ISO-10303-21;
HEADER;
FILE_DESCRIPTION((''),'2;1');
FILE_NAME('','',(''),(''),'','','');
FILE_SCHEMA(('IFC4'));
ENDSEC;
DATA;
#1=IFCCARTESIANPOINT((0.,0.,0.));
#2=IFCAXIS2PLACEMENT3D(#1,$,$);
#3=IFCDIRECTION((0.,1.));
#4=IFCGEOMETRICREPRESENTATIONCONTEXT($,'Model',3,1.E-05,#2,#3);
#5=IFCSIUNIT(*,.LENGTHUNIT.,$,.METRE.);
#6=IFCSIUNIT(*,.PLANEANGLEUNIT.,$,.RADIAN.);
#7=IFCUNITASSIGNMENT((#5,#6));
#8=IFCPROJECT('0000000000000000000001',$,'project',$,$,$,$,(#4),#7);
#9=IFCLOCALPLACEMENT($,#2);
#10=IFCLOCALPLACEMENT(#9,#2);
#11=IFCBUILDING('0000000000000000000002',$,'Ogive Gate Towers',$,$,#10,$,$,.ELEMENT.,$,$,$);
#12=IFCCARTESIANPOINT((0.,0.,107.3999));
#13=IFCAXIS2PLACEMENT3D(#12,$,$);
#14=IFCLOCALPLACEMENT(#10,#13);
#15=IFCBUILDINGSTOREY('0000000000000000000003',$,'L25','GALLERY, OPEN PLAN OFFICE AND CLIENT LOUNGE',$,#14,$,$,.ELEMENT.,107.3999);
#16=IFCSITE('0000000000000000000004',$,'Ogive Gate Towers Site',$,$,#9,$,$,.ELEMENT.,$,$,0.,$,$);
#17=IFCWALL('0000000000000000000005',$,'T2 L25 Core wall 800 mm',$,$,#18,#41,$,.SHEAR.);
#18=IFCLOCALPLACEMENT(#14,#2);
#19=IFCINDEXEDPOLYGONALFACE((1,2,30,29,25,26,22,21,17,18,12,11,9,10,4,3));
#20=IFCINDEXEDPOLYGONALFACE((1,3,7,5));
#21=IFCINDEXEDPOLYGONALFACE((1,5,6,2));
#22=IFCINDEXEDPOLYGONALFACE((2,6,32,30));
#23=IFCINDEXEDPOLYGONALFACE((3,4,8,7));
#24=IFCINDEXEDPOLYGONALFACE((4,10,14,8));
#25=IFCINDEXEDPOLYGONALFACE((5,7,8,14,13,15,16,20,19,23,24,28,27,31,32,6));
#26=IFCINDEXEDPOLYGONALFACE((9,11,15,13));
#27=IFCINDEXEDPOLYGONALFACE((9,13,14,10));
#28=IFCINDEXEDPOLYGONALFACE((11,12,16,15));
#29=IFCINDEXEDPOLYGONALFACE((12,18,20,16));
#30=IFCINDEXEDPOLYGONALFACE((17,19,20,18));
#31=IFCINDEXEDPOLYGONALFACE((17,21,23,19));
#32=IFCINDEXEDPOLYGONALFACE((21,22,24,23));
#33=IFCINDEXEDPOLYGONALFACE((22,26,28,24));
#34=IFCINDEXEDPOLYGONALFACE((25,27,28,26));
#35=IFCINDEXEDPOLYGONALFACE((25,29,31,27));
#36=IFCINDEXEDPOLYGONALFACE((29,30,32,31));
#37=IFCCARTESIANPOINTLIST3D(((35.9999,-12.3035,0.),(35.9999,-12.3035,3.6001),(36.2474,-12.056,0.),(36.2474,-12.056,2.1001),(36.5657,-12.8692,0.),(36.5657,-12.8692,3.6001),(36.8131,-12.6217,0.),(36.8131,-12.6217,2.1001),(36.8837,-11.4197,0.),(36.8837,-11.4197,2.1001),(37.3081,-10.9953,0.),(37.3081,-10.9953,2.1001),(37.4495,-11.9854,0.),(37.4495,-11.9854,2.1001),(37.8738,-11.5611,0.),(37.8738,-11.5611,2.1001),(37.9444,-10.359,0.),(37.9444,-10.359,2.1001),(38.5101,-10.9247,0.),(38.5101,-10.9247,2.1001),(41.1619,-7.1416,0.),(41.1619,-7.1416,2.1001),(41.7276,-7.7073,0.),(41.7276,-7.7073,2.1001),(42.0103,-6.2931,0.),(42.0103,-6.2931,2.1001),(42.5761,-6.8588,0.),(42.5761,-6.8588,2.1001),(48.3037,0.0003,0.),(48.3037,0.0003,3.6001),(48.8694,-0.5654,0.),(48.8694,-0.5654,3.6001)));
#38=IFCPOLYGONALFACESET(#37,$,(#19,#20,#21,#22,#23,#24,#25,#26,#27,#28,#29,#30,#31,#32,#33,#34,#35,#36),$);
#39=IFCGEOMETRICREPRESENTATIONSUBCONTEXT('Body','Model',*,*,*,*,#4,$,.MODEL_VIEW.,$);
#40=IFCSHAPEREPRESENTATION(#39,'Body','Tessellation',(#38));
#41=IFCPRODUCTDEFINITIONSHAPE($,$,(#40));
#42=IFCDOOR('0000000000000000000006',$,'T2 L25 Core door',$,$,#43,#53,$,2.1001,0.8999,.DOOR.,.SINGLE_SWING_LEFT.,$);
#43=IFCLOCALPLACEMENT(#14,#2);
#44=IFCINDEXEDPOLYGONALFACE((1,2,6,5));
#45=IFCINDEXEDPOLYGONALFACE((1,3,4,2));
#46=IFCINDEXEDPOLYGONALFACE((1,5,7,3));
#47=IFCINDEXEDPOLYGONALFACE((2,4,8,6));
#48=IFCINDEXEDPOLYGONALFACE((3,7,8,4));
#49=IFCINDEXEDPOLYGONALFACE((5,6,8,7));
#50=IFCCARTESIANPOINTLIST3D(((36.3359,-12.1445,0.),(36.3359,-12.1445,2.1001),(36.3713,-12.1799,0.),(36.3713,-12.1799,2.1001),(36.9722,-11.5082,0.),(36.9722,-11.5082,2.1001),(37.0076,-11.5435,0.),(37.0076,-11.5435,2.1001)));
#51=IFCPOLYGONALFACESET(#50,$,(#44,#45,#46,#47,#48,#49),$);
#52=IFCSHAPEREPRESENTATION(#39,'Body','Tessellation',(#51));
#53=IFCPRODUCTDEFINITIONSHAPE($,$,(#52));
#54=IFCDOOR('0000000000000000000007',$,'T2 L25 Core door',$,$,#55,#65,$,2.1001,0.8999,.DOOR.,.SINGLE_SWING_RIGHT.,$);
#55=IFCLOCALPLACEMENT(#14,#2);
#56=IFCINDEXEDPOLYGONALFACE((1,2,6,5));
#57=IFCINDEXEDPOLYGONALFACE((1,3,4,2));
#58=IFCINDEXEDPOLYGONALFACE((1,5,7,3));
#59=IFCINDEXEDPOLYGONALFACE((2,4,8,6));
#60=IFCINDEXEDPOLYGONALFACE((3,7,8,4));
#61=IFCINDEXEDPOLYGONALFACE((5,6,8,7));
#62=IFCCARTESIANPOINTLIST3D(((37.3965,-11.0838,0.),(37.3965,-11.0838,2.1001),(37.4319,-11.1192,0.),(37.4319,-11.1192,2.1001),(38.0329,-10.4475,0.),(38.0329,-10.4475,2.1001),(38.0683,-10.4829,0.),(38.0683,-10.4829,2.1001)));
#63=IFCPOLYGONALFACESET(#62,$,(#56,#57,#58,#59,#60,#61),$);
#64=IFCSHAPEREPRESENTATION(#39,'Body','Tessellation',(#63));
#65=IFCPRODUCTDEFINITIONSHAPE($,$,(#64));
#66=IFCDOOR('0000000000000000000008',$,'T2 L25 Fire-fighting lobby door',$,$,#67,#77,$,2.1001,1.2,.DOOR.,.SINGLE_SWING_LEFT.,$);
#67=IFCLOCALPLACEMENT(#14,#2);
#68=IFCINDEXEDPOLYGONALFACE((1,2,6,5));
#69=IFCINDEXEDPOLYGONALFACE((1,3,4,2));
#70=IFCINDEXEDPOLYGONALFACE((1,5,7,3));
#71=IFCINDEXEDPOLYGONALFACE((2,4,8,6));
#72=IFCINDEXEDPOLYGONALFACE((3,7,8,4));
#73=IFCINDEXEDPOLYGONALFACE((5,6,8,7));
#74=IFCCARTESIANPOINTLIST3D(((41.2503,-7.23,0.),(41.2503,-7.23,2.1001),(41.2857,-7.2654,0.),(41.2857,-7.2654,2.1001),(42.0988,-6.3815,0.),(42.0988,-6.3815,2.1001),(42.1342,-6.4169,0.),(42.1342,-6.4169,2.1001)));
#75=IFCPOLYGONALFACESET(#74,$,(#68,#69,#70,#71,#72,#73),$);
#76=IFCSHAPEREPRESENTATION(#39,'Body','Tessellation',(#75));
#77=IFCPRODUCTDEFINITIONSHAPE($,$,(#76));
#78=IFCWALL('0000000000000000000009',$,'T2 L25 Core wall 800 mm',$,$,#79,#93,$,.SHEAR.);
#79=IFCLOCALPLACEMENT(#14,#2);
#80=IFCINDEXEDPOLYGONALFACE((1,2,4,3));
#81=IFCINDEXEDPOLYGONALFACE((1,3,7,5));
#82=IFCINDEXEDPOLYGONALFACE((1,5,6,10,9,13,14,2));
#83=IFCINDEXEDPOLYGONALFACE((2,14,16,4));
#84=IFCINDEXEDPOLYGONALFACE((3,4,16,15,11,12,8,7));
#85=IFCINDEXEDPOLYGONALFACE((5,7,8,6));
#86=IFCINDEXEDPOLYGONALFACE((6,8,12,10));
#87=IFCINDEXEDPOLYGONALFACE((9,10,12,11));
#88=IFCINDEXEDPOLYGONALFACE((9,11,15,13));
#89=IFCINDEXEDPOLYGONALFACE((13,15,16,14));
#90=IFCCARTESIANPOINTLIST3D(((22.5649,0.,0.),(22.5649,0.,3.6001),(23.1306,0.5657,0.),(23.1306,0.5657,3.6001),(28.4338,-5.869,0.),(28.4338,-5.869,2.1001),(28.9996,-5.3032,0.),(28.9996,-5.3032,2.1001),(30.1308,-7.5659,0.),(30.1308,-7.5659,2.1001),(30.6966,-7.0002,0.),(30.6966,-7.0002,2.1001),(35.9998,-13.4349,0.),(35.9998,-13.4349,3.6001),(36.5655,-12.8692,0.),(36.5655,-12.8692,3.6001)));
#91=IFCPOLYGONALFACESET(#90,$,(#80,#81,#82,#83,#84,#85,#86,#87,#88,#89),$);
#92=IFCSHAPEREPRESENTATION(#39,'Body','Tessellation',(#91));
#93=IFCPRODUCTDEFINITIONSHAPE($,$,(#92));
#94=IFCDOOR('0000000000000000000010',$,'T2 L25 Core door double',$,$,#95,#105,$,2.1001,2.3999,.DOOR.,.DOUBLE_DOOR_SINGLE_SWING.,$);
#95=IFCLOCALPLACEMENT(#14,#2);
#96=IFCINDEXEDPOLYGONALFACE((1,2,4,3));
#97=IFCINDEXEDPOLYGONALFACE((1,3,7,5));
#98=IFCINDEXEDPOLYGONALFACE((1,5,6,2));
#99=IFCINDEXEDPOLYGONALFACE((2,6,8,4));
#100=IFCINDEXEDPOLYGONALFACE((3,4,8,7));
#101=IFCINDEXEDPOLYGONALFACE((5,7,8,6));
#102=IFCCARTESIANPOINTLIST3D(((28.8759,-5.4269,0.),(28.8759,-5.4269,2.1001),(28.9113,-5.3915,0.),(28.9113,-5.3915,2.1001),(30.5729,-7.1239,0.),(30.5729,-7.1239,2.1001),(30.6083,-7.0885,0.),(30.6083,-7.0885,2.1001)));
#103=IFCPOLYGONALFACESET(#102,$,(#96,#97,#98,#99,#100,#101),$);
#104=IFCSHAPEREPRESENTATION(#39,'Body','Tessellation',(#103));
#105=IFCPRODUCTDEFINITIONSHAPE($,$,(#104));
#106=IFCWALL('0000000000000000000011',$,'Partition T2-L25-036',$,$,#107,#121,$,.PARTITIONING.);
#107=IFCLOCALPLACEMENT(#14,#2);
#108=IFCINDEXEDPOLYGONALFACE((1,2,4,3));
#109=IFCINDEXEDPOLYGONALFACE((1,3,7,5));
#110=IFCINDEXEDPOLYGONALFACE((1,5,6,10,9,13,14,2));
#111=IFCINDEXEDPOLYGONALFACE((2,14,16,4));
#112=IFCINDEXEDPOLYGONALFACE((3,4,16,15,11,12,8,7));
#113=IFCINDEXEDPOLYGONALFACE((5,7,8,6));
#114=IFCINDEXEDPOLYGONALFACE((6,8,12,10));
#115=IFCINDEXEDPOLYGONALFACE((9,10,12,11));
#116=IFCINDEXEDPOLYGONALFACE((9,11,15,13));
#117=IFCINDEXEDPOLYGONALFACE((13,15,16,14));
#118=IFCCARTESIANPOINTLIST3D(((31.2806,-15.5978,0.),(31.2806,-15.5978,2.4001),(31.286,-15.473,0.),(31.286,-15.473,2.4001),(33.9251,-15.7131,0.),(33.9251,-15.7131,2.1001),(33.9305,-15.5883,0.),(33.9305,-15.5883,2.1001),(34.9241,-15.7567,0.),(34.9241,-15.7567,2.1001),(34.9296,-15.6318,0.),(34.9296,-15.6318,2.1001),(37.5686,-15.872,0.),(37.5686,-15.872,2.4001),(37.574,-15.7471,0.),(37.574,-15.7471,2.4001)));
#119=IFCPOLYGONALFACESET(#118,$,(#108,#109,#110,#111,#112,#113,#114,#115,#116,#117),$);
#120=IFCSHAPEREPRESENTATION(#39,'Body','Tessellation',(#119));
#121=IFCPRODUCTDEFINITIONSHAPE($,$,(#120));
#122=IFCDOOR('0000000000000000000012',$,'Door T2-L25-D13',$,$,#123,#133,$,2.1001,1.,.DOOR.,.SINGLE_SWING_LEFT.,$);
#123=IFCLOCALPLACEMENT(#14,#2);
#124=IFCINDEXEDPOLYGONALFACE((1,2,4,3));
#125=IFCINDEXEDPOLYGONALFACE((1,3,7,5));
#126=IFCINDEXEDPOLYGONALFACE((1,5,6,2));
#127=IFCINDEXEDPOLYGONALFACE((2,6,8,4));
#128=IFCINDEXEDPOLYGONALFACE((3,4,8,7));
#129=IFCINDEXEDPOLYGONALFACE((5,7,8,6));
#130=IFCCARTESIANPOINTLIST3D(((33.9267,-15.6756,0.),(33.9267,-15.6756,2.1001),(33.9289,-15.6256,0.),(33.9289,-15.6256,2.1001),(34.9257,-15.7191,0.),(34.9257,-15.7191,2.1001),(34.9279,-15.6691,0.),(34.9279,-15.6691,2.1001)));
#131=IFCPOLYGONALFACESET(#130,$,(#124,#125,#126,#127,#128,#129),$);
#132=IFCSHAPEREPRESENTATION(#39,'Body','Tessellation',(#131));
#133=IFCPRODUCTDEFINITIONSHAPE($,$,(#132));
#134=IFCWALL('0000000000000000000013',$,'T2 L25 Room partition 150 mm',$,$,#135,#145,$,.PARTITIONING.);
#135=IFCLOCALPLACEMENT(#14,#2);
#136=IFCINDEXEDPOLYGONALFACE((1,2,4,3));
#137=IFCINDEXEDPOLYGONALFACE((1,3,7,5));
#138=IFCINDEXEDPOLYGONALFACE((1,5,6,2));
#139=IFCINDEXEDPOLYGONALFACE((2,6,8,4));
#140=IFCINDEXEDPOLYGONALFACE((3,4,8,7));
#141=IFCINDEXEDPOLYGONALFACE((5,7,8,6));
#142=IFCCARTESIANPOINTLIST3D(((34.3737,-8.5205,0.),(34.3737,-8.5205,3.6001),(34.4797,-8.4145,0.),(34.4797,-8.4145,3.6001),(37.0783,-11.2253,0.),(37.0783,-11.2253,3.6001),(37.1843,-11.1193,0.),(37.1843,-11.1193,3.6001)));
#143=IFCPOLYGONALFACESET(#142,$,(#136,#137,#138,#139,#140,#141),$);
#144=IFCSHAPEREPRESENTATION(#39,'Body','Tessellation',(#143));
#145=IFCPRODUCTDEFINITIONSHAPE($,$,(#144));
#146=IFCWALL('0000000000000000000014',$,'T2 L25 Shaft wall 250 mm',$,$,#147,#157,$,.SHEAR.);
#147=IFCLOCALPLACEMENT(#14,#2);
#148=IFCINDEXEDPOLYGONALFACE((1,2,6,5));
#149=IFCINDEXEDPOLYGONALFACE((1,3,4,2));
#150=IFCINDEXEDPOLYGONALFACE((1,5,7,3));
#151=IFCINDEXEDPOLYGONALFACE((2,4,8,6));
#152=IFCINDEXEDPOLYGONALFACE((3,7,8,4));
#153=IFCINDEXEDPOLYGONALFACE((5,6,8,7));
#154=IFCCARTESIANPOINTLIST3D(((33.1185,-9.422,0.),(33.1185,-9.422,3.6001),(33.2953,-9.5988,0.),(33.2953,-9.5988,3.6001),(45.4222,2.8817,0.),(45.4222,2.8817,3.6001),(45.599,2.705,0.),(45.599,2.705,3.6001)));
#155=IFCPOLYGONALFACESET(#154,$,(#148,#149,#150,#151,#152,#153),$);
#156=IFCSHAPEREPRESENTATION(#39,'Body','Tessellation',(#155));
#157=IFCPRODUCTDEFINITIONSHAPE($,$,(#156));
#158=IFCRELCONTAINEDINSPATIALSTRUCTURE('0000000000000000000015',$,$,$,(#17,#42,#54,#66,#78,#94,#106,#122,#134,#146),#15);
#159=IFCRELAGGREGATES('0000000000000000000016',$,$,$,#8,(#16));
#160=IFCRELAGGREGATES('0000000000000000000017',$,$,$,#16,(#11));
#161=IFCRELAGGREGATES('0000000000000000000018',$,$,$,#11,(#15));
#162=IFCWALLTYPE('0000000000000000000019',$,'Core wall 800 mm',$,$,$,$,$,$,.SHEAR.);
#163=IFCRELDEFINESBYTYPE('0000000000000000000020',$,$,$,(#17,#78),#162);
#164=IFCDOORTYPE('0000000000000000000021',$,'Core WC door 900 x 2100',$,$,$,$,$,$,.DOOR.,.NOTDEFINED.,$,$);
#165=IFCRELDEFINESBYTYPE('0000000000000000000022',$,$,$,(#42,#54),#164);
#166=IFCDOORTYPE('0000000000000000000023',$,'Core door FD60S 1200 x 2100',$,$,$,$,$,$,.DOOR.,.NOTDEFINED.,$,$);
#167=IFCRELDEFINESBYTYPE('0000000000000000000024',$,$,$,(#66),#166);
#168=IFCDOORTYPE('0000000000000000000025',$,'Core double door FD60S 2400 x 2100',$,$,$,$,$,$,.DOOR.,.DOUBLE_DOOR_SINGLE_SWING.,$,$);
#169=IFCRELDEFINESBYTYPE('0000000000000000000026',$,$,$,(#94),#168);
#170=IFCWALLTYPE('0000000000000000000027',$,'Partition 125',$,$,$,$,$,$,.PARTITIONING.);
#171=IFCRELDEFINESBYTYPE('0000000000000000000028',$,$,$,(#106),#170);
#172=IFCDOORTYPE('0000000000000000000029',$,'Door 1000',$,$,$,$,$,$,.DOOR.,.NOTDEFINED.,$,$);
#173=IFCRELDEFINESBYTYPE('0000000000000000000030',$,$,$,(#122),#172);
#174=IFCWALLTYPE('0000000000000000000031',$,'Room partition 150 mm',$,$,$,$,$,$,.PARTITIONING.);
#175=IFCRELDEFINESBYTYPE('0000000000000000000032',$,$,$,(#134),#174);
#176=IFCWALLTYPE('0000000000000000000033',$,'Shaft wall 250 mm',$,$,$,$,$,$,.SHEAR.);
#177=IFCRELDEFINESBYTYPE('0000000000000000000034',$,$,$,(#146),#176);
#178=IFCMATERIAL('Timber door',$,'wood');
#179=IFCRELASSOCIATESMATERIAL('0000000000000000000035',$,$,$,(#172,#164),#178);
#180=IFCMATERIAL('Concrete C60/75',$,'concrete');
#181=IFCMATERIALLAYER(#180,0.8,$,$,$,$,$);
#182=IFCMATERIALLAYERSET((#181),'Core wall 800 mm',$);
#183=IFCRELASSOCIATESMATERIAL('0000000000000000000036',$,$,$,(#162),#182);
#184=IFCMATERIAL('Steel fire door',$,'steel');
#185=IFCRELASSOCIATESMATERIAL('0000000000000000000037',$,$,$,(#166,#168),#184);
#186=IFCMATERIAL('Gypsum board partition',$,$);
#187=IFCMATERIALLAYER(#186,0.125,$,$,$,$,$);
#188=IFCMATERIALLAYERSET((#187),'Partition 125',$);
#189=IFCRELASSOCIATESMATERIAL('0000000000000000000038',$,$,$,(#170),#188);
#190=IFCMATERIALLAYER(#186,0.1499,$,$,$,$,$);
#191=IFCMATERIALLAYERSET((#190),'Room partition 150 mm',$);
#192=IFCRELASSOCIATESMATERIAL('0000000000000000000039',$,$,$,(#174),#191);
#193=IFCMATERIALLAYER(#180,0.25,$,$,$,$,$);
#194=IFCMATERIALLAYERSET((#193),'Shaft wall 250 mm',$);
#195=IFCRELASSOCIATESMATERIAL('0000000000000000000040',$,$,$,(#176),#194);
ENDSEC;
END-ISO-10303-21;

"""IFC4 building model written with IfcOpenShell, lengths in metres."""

from ifc_helpers import new_model, si_unit, direction, frame, frame_2d, origin, place, context, subcontext, project, spatial, rectangle, extrude, material, layer, layer_set, type_object, element, fill, save


model = new_model("IFC4")

# Units and contexts
model_context = context("Model", 3, precision=1e-05, world=origin(), true_north=direction((0.0, 1.0)))
body_context = subcontext(model_context, "Body", "Model", "MODEL_VIEW")
ifc_project = project(units=[si_unit("LENGTHUNIT", "METRE"), si_unit("PLANEANGLEUNIT", "RADIAN")], contexts=[model_context])

# Site, building, storey
site_placement = place(None, origin())
site = spatial("IfcSite", under=ifc_project, at=site_placement, Name="Ogive Gate Towers Site", CompositionType="ELEMENT", RefElevation=0.0)
building_placement = place(site_placement, origin())
building = spatial("IfcBuilding", under=site, at=building_placement, Name="Ogive Gate Towers", CompositionType="ELEMENT")
storey_placement = place(building_placement, frame((0.0, 0.0, 107.3999)))
storey = spatial("IfcBuildingStorey", under=building, at=storey_placement, Name="L25", Description="GALLERY, OPEN PLAN OFFICE AND CLIENT LOUNGE", CompositionType="ELEMENT", Elevation=107.3999)

# Shared definitions
ifc_material_1 = material(Name="Timber door", Category="wood")
door_type_1 = type_object("IfcDoorType", Name="Door 1000", OperationType="NOTDEFINED", PredefinedType="DOOR", material=ifc_material_1)

# Wall, openings, doors
ifc_material_2 = material(Name="Concrete C60/75", Category="concrete")
ifc_layer_1 = layer(ifc_material_2, 0.8)
ifc_layer_set_1 = layer_set([ifc_layer_1], Name="Core wall 800 mm")
wall_type_1 = type_object("IfcWallType", Name="Core wall 800 mm", PredefinedType="SHEAR", material=ifc_layer_set_1)
wall_1_placement = place(storey_placement, frame((36.2827, -12.5864, 0.0), z_axis=(0.0, 0.0, 1.0), x_axis=(0.707107, 0.707107, 0.0)))
wall_1 = element("IfcWall", 1, at=wall_1_placement, inside=storey, type_object=wall_type_1, Name="T2 L25 Core wall 800 mm", PredefinedType="SHEAR", context=body_context, shape_type="SweptSolid", body=[
    extrude(rectangle(XDim=17.4001, YDim=0.8, at=frame_2d((8.7002, 0.0))), origin(), (0.0, 0.0, 1.0), 3.6001),
])
opening_1_placement = place(wall_1_placement, frame((7.3, 0.0, 0.0)))
opening_1 = element("IfcOpeningElement", 2, at=opening_1_placement, cuts=wall_1, PredefinedType="OPENING", context=body_context, shape_type="SweptSolid", body=[
    extrude(rectangle(XDim=1.2, YDim=2.1001, at=frame_2d((0.6001, 1.05))), frame((0.0, 0.4102, 0.0), z_axis=(0.0, -1.0, 0.0), x_axis=(1.0, 0.0, 0.0)), (0.0, 0.0, 1.0), 0.8201),
])
opening_2_placement = place(wall_1_placement, frame((0.3501, 0.0, 0.0)))
opening_2 = element("IfcOpeningElement", 3, at=opening_2_placement, cuts=wall_1, PredefinedType="OPENING", context=body_context, shape_type="SweptSolid", body=[
    extrude(rectangle(XDim=0.8999, YDim=2.1001, at=frame_2d((0.45, 1.05))), frame((0.0, 0.4102, 0.0), z_axis=(0.0, -1.0, 0.0), x_axis=(1.0, 0.0, 0.0)), (0.0, 0.0, 1.0), 0.8201),
])
opening_3_placement = place(wall_1_placement, frame((1.8501, 0.0, 0.0)))
opening_3 = element("IfcOpeningElement", 4, at=opening_3_placement, cuts=wall_1, PredefinedType="OPENING", context=body_context, shape_type="SweptSolid", body=[
    extrude(rectangle(XDim=0.8999, YDim=2.1001, at=frame_2d((0.45, 1.05))), frame((0.0, 0.4102, 0.0), z_axis=(0.0, -1.0, 0.0), x_axis=(1.0, 0.0, 0.0)), (0.0, 0.0, 1.0), 0.8201),
])
door_type_2 = type_object("IfcDoorType", Name="Core WC door 900 x 2100", OperationType="NOTDEFINED", PredefinedType="DOOR", material=ifc_material_1)
door_1_placement = place(opening_2_placement, origin())
door_1 = element("IfcDoor", 5, at=door_1_placement, inside=storey, type_object=door_type_2, Name="T2 L25 Core door", OperationType="SINGLE_SWING_LEFT", OverallHeight=2.1001, OverallWidth=0.8999, PredefinedType="DOOR", context=body_context, shape_type="SweptSolid", body=[
    extrude(rectangle(XDim=0.8999, YDim=2.1001, at=frame_2d((0.45, 1.05))), frame((0.0, 0.2749, 0.0), z_axis=(0.0, -1.0, 0.0), x_axis=(1.0, 0.0, 0.0)), (0.0, 0.0, 1.0), 0.05),
])
fill(opening_2, door_1)
door_2_placement = place(opening_3_placement, origin())
door_2 = element("IfcDoor", 6, at=door_2_placement, inside=storey, type_object=door_type_2, Name="T2 L25 Core door", OperationType="SINGLE_SWING_RIGHT", OverallHeight=2.1001, OverallWidth=0.8999, PredefinedType="DOOR", context=body_context, shape_type="SweptSolid", body=[
    extrude(rectangle(XDim=0.8999, YDim=2.1001, at=frame_2d((0.45, 1.05))), frame((0.0, 0.2749, 0.0), z_axis=(0.0, -1.0, 0.0), x_axis=(1.0, 0.0, 0.0)), (0.0, 0.0, 1.0), 0.05),
])
fill(opening_3, door_2)
ifc_material_3 = material(Name="Steel fire door", Category="steel")
door_type_3 = type_object("IfcDoorType", Name="Core door FD60S 1200 x 2100", OperationType="NOTDEFINED", PredefinedType="DOOR", material=ifc_material_3)
door_3_placement = place(opening_1_placement, origin())
door_3 = element("IfcDoor", 7, at=door_3_placement, inside=storey, type_object=door_type_3, Name="T2 L25 Fire-fighting lobby door", OperationType="SINGLE_SWING_LEFT", OverallHeight=2.1001, OverallWidth=1.2, PredefinedType="DOOR", context=body_context, shape_type="SweptSolid", body=[
    extrude(rectangle(XDim=1.2, YDim=2.1001, at=frame_2d((0.6001, 1.05))), frame((0.0, 0.2749, 0.0), z_axis=(0.0, -1.0, 0.0), x_axis=(1.0, 0.0, 0.0)), (0.0, 0.0, 1.0), 0.05),
])
fill(opening_1, door_3)

# Walls, openings, doors
wall_2_placement = place(storey_placement, frame((36.2827, -13.1521, 0.0), z_axis=(0.0, 0.0, 1.0), x_axis=(-0.707107, 0.707107, 0.0)))
wall_2 = element("IfcWall", 8, at=wall_2_placement, inside=storey, type_object=wall_type_1, Name="T2 L25 Core wall 800 mm", PredefinedType="SHEAR", context=body_context, shape_type="SweptSolid", body=[
    extrude(rectangle(XDim=18.9998, YDim=0.8, at=frame_2d((9.5, 0.0))), origin(), (0.0, 0.0, 1.0), 3.6001),
])
opening_4_placement = place(wall_2_placement, frame((8.3, 0.0, 0.0)))
opening_4 = element("IfcOpeningElement", 9, at=opening_4_placement, cuts=wall_2, PredefinedType="OPENING", context=body_context, shape_type="SweptSolid", body=[
    extrude(rectangle(XDim=2.3999, YDim=2.1001, at=frame_2d((1.2, 1.05))), frame((0.0, 0.4102, 0.0), z_axis=(0.0, -1.0, 0.0), x_axis=(1.0, 0.0, 0.0)), (0.0, 0.0, 1.0), 0.8201),
])
door_type_4 = type_object("IfcDoorType", Name="Core double door FD60S 2400 x 2100", OperationType="DOUBLE_DOOR_SINGLE_SWING", PredefinedType="DOOR", material=ifc_material_3)
door_4_placement = place(opening_4_placement, origin())
door_4 = element("IfcDoor", 10, at=door_4_placement, inside=storey, type_object=door_type_4, Name="T2 L25 Core door double", OperationType="DOUBLE_DOOR_SINGLE_SWING", OverallHeight=2.1001, OverallWidth=2.3999, PredefinedType="DOOR", context=body_context, shape_type="SweptSolid", body=[
    extrude(rectangle(XDim=2.3999, YDim=2.1001, at=frame_2d((1.2, 1.05))), frame((0.0, -0.2251, 0.0), z_axis=(0.0, -1.0, 0.0), x_axis=(1.0, 0.0, 0.0)), (0.0, 0.0, 1.0), 0.05),
])
fill(opening_4, door_4)
ifc_material_4 = material(Name="Gypsum board partition")
ifc_layer_2 = layer(ifc_material_4, 0.125)
ifc_layer_set_2 = layer_set([ifc_layer_2], Name="Partition 125")
wall_type_2 = type_object("IfcWallType", Name="Partition 125", PredefinedType="PARTITIONING", material=ifc_layer_set_2)
wall_3_placement = place(storey_placement, frame((37.5713, -15.8096, 0.0), z_axis=(0.0, 0.0, 1.0), x_axis=(-0.999051, 0.04356, 0.0)))
wall_3 = element("IfcWall", 11, at=wall_3_placement, inside=storey, type_object=wall_type_2, Name="Partition T2-L25-036", PredefinedType="PARTITIONING", context=body_context, shape_type="SweptSolid", body=[
    extrude(rectangle(XDim=6.2939, YDim=0.125, at=frame_2d((3.147, 0.0))), origin(), (0.0, 0.0, 1.0), 2.4001),
])
opening_5_placement = place(wall_3_placement, frame((2.647, 0.0, 0.0)))
opening_5 = element("IfcOpeningElement", 12, at=opening_5_placement, cuts=wall_3, PredefinedType="OPENING", context=body_context, shape_type="SweptSolid", body=[
    extrude(rectangle(XDim=1.0, YDim=2.1001, at=frame_2d((0.5, 1.05))), frame((0.0, 0.0725, 0.0), z_axis=(0.0, -1.0, 0.0), x_axis=(1.0, 0.0, 0.0)), (0.0, 0.0, 1.0), 0.145),
])
door_5_placement = place(opening_5_placement, origin())
door_5 = element("IfcDoor", 13, at=door_5_placement, inside=storey, type_object=door_type_1, Name="Door T2-L25-D13", OperationType="SINGLE_SWING_LEFT", OverallHeight=2.1001, OverallWidth=1.0, PredefinedType="DOOR", context=body_context, shape_type="SweptSolid", body=[
    extrude(rectangle(XDim=1.0, YDim=2.1001, at=frame_2d((0.5, 1.05))), frame((0.0, 0.0249, 0.0), z_axis=(0.0, -1.0, 0.0), x_axis=(1.0, 0.0, 0.0)), (0.0, 0.0, 1.0), 0.05),
])
fill(opening_5, door_5)

# Walls
ifc_layer_3 = layer(ifc_material_4, 0.1499)
ifc_layer_set_3 = layer_set([ifc_layer_3], Name="Room partition 150 mm")
wall_type_3 = type_object("IfcWallType", Name="Room partition 150 mm", PredefinedType="PARTITIONING", material=ifc_layer_set_3)
wall_4_placement = place(storey_placement, frame((37.1313, -11.1724, 0.0), z_axis=(0.0, 0.0, 1.0), x_axis=(-0.707075, 0.707139, 0.0)))
element("IfcWall", 14, at=wall_4_placement, inside=storey, type_object=wall_type_3, Name="T2 L25 Room partition 150 mm", PredefinedType="PARTITIONING", context=body_context, shape_type="SweptSolid", body=[
    extrude(rectangle(XDim=3.825, YDim=0.1499, at=frame_2d((1.9126, 0.0))), origin(), (0.0, 0.0, 1.0), 3.6001),
])
ifc_layer_4 = layer(ifc_material_2, 0.25)
ifc_layer_set_4 = layer_set([ifc_layer_4], Name="Shaft wall 250 mm")
wall_type_4 = type_object("IfcWallType", Name="Shaft wall 250 mm", PredefinedType="SHEAR", material=ifc_layer_set_4)
wall_5_placement = place(storey_placement, frame((33.2068, -9.5105, 0.0), z_axis=(0.0, 0.0, 1.0), x_axis=(0.707107, 0.707107, 0.0)))
element("IfcWall", 15, at=wall_5_placement, inside=storey, type_object=wall_type_4, Name="T2 L25 Shaft wall 250 mm", PredefinedType="SHEAR", context=body_context, shape_type="SweptSolid", body=[
    extrude(rectangle(XDim=17.4001, YDim=0.25, at=frame_2d((8.7002, 0.0))), origin(), (0.0, 0.0, 1.0), 3.6001),
])

save(model, "model.ifc")
